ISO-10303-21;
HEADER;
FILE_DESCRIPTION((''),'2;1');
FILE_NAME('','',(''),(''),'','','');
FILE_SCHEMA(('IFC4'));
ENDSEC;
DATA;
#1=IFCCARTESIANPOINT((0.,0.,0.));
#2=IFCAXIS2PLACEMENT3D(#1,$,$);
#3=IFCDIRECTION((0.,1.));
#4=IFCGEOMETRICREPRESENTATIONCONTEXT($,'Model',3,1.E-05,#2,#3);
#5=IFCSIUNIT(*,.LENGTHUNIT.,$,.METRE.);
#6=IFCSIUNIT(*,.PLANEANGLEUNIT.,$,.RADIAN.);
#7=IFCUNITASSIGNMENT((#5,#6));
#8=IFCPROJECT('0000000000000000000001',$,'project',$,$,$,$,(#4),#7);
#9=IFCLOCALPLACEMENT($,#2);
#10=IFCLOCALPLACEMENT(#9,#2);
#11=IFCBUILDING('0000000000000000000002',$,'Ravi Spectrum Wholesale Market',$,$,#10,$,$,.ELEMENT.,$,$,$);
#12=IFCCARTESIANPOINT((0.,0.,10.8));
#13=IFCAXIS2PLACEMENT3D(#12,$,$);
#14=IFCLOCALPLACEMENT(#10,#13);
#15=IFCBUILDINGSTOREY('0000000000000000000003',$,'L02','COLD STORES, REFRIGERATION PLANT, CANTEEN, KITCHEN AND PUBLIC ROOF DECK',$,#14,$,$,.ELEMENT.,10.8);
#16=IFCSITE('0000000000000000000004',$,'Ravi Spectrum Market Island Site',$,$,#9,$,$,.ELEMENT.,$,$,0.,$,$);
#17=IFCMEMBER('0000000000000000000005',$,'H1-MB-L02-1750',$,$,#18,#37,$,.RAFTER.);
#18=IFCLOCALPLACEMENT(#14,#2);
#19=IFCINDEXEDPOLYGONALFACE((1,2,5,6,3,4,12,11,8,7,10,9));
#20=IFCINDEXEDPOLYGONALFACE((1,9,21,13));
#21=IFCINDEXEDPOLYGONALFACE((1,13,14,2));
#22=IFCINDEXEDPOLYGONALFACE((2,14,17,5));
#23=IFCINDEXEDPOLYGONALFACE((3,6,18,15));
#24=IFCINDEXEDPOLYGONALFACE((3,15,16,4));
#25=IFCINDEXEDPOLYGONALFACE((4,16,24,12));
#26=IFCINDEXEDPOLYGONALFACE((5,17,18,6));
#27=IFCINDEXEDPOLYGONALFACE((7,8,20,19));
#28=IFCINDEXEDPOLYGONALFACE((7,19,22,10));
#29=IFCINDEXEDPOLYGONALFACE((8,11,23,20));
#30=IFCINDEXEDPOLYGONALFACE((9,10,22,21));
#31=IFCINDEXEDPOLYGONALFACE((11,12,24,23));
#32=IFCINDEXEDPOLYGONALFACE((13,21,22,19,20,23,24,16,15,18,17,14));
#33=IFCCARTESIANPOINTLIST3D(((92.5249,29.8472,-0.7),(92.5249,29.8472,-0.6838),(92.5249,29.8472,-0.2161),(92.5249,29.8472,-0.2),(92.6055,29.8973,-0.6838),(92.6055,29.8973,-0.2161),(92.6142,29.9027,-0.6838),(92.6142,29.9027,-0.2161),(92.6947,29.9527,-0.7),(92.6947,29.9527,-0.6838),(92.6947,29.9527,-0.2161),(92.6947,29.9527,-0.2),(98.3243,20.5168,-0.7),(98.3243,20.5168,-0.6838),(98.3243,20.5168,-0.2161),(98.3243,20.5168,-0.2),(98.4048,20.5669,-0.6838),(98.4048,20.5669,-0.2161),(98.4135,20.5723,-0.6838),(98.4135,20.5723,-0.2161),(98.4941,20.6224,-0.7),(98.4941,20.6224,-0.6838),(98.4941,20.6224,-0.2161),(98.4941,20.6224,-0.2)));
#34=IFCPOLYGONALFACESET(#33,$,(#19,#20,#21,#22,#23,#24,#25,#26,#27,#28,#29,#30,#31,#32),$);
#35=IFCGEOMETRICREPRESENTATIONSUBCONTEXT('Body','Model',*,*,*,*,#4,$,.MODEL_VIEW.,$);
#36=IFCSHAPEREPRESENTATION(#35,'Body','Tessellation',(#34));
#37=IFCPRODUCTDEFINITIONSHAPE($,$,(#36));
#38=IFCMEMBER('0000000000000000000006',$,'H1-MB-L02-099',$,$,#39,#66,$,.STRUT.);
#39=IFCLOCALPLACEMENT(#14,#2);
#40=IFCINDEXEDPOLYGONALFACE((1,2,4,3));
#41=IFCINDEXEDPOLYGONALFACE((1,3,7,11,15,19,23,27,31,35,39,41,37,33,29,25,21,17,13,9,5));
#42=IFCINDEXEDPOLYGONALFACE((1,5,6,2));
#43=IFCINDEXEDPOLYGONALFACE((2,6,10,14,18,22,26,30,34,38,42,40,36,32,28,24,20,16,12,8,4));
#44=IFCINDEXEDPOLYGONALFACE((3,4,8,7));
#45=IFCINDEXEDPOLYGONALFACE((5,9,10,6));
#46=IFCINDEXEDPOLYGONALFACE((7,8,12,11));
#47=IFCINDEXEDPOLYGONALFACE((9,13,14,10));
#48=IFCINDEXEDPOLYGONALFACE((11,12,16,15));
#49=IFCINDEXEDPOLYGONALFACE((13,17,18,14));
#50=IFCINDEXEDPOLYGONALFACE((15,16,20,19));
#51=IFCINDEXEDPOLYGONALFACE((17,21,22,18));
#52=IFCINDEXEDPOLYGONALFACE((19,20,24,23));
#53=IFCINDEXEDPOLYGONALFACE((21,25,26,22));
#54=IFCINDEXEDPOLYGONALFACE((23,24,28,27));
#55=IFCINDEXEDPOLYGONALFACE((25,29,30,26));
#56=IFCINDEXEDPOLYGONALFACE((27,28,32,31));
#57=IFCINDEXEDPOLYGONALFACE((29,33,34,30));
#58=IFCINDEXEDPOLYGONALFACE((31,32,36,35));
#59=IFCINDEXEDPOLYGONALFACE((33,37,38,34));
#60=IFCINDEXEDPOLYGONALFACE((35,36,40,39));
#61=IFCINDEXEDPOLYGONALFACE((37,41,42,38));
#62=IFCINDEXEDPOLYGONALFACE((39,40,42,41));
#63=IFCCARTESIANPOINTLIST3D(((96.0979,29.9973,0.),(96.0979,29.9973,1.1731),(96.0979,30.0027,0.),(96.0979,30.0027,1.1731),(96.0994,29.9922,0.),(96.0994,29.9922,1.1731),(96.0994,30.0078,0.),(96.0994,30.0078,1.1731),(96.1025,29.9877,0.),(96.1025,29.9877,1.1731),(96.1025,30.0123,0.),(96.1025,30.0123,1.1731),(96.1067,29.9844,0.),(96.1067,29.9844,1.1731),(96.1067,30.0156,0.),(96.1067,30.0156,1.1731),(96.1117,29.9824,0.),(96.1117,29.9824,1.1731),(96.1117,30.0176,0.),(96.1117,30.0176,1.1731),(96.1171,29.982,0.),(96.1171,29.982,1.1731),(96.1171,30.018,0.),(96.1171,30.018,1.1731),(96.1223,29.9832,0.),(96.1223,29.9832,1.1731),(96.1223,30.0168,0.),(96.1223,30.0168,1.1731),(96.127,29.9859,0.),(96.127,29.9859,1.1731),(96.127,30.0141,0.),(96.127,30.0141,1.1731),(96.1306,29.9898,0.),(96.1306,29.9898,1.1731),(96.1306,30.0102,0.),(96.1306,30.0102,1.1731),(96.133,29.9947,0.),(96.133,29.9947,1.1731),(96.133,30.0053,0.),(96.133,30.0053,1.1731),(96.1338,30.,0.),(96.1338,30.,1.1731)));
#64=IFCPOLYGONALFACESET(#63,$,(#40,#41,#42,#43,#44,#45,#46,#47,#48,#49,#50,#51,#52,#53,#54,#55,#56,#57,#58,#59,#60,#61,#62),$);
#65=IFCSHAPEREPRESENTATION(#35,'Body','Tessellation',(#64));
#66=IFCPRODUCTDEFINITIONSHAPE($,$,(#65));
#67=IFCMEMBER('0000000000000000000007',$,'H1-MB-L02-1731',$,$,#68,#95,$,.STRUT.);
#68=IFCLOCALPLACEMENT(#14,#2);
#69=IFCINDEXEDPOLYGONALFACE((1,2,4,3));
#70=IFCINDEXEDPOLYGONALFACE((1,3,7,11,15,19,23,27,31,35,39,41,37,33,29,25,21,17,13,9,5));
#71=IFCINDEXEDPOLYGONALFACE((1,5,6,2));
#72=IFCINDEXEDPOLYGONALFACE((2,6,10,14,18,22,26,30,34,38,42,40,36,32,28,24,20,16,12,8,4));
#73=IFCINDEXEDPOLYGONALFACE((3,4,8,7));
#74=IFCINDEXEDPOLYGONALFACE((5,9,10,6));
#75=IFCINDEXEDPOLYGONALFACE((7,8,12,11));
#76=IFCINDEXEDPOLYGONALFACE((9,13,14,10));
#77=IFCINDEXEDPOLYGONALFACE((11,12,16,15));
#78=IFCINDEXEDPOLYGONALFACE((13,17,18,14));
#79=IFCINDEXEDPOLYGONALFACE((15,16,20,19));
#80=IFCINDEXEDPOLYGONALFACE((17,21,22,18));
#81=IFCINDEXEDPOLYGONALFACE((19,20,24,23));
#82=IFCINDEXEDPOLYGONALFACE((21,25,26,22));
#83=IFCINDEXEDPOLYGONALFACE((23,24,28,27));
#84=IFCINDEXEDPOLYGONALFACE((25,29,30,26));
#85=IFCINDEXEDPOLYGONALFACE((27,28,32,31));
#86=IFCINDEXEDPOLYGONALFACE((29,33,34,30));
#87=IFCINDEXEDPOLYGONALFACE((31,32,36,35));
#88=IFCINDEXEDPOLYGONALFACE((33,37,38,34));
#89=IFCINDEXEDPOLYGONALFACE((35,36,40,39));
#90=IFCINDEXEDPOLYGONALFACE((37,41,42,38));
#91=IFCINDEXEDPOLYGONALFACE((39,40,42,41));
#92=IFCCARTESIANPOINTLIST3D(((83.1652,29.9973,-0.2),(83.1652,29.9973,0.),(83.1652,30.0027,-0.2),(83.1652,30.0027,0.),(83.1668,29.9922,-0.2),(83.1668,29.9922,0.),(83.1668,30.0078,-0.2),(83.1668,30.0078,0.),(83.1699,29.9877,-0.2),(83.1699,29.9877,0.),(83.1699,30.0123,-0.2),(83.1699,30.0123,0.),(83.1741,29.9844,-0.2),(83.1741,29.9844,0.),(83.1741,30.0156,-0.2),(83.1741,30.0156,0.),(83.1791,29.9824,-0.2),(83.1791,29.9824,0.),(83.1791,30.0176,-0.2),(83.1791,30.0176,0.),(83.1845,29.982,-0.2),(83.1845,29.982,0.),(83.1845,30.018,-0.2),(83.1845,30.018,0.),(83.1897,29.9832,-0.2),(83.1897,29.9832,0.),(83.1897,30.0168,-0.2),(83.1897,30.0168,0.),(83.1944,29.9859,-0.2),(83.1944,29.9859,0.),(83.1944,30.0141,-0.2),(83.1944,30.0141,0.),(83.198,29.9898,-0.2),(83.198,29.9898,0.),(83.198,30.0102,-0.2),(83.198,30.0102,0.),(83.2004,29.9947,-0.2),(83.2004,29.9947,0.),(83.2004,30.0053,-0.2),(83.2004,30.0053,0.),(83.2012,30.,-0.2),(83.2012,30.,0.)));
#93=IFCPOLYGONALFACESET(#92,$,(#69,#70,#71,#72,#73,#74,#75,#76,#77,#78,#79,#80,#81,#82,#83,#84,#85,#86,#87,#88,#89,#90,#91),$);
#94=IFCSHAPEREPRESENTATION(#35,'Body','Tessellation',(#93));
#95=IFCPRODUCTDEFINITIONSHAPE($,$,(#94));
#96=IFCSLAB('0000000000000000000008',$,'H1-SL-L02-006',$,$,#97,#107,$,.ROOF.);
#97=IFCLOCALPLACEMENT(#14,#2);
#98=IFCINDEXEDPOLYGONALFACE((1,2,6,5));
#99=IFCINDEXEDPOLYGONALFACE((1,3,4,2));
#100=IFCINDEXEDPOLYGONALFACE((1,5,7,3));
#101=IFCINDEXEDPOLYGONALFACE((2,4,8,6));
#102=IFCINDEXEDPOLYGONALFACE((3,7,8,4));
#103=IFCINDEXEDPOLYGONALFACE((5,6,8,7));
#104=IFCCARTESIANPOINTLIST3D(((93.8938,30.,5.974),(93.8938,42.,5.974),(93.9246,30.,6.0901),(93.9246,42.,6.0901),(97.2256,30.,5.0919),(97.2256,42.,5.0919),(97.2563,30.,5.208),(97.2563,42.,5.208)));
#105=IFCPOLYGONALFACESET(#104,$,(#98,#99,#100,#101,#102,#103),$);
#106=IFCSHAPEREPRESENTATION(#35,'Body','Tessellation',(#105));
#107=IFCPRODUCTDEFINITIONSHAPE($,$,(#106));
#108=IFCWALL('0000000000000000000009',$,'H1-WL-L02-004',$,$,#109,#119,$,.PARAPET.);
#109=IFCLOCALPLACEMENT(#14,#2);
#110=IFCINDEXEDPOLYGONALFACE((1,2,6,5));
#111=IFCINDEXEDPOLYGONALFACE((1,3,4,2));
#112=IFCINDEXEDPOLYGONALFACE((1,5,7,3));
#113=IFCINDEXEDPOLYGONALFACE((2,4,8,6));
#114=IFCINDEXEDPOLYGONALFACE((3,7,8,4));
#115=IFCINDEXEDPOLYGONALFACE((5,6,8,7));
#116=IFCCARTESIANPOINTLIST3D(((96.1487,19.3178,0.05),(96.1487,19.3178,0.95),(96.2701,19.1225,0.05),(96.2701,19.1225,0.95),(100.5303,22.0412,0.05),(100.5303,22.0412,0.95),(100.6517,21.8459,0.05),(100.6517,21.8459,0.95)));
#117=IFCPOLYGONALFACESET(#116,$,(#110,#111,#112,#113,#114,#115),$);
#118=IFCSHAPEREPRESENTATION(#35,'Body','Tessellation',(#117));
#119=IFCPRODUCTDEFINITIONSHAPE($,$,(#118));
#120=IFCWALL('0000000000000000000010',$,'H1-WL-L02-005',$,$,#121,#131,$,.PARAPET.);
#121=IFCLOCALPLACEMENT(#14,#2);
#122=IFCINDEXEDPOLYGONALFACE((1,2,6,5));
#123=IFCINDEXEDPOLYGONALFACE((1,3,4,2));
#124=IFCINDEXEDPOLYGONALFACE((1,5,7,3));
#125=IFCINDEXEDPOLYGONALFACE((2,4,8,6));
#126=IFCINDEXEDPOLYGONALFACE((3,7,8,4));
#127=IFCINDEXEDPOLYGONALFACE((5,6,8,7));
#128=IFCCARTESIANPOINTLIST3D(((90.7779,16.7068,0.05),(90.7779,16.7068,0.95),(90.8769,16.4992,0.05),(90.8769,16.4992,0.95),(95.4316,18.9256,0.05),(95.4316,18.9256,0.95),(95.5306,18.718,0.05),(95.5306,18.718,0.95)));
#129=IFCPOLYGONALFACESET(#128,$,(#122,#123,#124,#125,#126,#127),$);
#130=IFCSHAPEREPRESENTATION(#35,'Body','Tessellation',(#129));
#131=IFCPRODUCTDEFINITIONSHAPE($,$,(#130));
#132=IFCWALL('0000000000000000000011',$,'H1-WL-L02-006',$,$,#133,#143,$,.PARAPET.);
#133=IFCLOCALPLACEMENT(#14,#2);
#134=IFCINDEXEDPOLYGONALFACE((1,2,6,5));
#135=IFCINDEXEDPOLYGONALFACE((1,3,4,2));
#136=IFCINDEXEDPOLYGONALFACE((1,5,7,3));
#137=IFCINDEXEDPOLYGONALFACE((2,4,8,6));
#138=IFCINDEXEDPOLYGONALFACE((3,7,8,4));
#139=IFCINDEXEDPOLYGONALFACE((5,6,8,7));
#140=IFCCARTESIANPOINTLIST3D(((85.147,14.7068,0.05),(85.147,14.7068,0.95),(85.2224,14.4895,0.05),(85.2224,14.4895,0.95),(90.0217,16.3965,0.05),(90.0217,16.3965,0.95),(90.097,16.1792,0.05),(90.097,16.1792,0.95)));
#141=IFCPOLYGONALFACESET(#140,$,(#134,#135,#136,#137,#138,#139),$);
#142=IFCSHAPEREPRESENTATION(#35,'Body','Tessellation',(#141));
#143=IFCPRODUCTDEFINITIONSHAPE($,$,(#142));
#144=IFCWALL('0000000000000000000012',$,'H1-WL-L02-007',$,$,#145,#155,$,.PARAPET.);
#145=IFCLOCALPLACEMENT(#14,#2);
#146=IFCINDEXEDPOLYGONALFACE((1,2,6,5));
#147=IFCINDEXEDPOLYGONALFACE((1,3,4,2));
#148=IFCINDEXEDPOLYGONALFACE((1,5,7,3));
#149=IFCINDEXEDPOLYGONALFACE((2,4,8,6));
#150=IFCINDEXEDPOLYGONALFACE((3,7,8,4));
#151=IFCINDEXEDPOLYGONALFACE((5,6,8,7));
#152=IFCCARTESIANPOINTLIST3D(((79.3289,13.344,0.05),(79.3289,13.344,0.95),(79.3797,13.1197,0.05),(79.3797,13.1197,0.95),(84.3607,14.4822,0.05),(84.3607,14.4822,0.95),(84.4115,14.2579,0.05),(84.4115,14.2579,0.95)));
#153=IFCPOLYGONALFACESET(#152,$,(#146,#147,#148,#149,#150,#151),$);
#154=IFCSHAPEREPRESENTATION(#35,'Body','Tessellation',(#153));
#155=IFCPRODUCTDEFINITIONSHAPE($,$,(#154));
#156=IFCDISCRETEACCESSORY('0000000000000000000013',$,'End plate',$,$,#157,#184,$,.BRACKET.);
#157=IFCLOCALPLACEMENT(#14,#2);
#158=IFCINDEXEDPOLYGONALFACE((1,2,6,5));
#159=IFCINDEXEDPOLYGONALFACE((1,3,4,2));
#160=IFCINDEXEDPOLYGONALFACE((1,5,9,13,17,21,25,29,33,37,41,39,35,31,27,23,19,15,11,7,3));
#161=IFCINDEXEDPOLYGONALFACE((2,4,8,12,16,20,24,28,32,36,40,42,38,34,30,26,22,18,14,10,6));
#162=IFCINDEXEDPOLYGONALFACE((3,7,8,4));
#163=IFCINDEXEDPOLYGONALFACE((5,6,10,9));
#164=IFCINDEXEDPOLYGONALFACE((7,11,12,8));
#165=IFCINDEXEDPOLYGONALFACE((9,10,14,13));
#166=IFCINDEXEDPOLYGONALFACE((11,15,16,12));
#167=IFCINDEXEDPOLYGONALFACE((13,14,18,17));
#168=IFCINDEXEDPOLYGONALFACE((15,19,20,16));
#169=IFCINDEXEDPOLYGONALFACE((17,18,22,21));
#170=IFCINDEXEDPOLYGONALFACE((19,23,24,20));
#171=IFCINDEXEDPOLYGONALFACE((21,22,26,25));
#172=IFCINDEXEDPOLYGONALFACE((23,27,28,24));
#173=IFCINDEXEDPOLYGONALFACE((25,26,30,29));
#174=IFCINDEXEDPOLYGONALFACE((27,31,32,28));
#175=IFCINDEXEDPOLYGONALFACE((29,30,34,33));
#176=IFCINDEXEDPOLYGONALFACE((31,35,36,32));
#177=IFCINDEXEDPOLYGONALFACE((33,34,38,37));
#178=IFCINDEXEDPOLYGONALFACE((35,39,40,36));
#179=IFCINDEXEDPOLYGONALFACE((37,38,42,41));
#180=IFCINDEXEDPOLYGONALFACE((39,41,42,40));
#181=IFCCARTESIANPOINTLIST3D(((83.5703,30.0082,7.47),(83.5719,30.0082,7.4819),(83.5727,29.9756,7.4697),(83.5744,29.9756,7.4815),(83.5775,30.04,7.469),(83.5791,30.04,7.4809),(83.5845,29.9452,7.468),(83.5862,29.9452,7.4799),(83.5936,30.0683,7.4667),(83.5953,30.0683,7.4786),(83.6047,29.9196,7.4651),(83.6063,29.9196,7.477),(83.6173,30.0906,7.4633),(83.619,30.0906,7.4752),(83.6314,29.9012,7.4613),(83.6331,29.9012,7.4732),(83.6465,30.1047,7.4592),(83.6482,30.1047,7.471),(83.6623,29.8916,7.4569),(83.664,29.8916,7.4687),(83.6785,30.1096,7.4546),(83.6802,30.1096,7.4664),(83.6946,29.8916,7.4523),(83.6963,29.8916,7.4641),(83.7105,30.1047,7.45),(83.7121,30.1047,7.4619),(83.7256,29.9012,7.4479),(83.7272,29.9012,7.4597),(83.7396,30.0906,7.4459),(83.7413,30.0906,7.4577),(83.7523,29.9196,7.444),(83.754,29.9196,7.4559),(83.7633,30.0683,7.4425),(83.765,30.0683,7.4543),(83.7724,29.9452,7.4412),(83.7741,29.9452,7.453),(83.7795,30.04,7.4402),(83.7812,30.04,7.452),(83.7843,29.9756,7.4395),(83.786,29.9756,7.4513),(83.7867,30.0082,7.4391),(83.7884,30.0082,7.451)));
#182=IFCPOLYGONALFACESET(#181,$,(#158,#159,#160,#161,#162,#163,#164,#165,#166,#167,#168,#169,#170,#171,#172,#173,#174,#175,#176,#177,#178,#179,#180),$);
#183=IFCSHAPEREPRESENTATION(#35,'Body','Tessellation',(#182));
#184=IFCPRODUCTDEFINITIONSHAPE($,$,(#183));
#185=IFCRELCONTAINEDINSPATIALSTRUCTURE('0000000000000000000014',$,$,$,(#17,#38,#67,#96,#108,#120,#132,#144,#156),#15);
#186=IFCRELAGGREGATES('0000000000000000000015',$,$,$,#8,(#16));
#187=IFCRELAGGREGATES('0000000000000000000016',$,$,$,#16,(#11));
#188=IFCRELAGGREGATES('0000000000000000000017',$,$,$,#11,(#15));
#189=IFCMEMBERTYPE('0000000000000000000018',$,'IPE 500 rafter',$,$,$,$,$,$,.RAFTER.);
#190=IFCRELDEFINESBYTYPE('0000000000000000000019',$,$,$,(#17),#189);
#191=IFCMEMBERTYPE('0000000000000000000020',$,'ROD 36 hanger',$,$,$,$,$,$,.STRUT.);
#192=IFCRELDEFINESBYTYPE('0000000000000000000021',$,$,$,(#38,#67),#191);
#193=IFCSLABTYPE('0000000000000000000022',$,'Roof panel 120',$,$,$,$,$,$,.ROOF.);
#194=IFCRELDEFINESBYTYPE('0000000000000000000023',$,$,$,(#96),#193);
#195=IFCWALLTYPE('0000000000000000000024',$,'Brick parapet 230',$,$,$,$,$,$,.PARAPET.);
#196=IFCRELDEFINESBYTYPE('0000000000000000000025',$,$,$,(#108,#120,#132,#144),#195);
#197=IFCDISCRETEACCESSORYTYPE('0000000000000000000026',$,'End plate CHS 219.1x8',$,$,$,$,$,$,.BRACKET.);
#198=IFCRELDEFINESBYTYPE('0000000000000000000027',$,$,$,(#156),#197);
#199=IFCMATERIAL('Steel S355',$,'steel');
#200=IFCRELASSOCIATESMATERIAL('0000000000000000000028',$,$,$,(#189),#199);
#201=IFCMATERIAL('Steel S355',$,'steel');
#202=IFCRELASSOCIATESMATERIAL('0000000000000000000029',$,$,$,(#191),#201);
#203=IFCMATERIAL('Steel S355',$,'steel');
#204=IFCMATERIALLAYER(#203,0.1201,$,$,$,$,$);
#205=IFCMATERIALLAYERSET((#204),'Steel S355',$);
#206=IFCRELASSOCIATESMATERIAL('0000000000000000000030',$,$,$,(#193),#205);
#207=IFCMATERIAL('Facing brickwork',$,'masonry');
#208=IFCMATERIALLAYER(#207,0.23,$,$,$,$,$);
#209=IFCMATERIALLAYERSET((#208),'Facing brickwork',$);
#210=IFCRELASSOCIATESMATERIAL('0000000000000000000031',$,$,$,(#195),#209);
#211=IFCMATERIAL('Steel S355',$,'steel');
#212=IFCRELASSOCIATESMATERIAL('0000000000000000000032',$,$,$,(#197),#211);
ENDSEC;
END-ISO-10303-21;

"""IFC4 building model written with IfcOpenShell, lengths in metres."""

from ifc_helpers import new_model, si_unit, direction, frame, frame_2d, origin, origin_2d, place, context, subcontext, project, spatial, polyline, rectangle, circle, i_section, outline, extrude, material, layer, layer_set, material_profile, profile_set, type_object, element, save


model = new_model("IFC4")

# Units and contexts
model_context = context("Model", 3, precision=1e-05, world=origin(), true_north=direction((0.0, 1.0)))
body_context = subcontext(model_context, "Body", "Model", "MODEL_VIEW")
ifc_project = project(units=[si_unit("LENGTHUNIT", "METRE"), si_unit("PLANEANGLEUNIT", "RADIAN")], contexts=[model_context])

# Site, building, storey
site_placement = place(None, origin())
site = spatial("IfcSite", under=ifc_project, at=site_placement, Name="Ravi Spectrum Market Island Site", CompositionType="ELEMENT", RefElevation=0.0)
building_placement = place(site_placement, origin())
building = spatial("IfcBuilding", under=site, at=building_placement, Name="Ravi Spectrum Wholesale Market", CompositionType="ELEMENT")
storey_placement = place(building_placement, frame((0.0, 0.0, 10.8)))
storey = spatial("IfcBuildingStorey", under=building, at=storey_placement, Name="L02", Description="COLD STORES, REFRIGERATION PLANT, CANTEEN, KITCHEN AND PUBLIC ROOF DECK", CompositionType="ELEMENT", Elevation=10.8)

# Members
ifc_material_1 = material(Name="Steel S355", Category="steel")
ifc_material_profile_1 = material_profile(ifc_material_1, i_section(OverallWidth=0.2, OverallDepth=0.5, WebThickness=0.0103, FlangeThickness=0.0161, at=origin_2d()))
ifc_profile_set_1 = profile_set([ifc_material_profile_1], Name="Steel S355")
member_type_1 = type_object("IfcMemberType", Name="IPE 500 rafter", PredefinedType="RAFTER", material=ifc_profile_set_1)
member_1_placement = place(storey_placement, frame((98.4092, 20.5696, -0.45), z_axis=(-0.527894, 0.84931, 0.0), x_axis=(-0.84931, -0.527894, 0.0)))
element("IfcMember", 1, at=member_1_placement, inside=storey, type_object=member_type_1, Name="H1-MB-L02-1750", PredefinedType="RAFTER", context=body_context, shape_type="SweptSolid", body=[
    extrude(i_section(OverallWidth=0.2, OverallDepth=0.5, WebThickness=0.0103, FlangeThickness=0.0161, at=origin_2d()), origin(), (0.0, 0.0, 1.0), 10.9858),
])
ifc_material_2 = material(Name="Steel S355", Category="steel")
ifc_material_profile_2 = material_profile(ifc_material_2, circle(Radius=0.0181, at=origin_2d()))
ifc_profile_set_2 = profile_set([ifc_material_profile_2], Name="Steel S355")
member_type_2 = type_object("IfcMemberType", Name="ROD 36 hanger", PredefinedType="STRUT", material=ifc_profile_set_2)
member_2_placement = place(storey_placement, frame((96.1157, 30.0, 0.0), z_axis=(0.0, 0.0, 1.0), x_axis=(1.0, 0.0, 0.0)))
element("IfcMember", 2, at=member_2_placement, inside=storey, type_object=member_type_2, Name="H1-MB-L02-099", PredefinedType="STRUT", context=body_context, shape_type="SweptSolid", body=[
    extrude(circle(Radius=0.0181, at=origin_2d()), origin(), (0.0, 0.0, 1.0), 1.1731),
])
member_3_placement = place(storey_placement, frame((83.1831, 30.0, 0.0), z_axis=(0.0, 0.0, -1.0), x_axis=(1.0, 0.0, 0.0)))
element("IfcMember", 3, at=member_3_placement, inside=storey, type_object=member_type_2, Name="H1-MB-L02-1731", PredefinedType="STRUT", context=body_context, shape_type="SweptSolid", body=[
    extrude(circle(Radius=0.0181, at=origin_2d()), origin(), (0.0, 0.0, 1.0), 0.2),
])

# Slab
ifc_material_3 = material(Name="Steel S355", Category="steel")
ifc_layer_1 = layer(ifc_material_3, 0.1201)
ifc_layer_set_1 = layer_set([ifc_layer_1], Name="Steel S355")
slab_type = type_object("IfcSlabType", Name="Roof panel 120", PredefinedType="ROOF", material=ifc_layer_set_1)
slab_placement = place(storey_placement, frame((93.9246, 30.0, 6.0901), z_axis=(0.25593, 0.0, 0.966695), x_axis=(0.966695, 0.0, -0.25593)))
element("IfcSlab", 4, at=slab_placement, inside=storey, type_object=slab_type, Name="H1-SL-L02-006", PredefinedType="ROOF", context=body_context, shape_type="SweptSolid", body=[
    extrude(outline(polyline([(0.0, 0.0), (3.4466, 0.0), (3.4466, 12.0), (0.0, 12.0), (0.0, 0.0)])), origin(), (0.0, 0.0, -1.0), 0.1201),
])

# Walls
ifc_material_4 = material(Name="Facing brickwork", Category="masonry")
ifc_layer_2 = layer(ifc_material_4, 0.23)
ifc_layer_set_2 = layer_set([ifc_layer_2], Name="Facing brickwork")
wall_type = type_object("IfcWallType", Name="Brick parapet 230", PredefinedType="PARAPET", material=ifc_layer_set_2)
wall_1_placement = place(storey_placement, frame((100.5911, 21.9436, 0.05), z_axis=(0.0, 0.0, 1.0), x_axis=(-0.849312, -0.527892, 0.0)))
element("IfcWall", 5, at=wall_1_placement, inside=storey, type_object=wall_type, Name="H1-WL-L02-004", PredefinedType="PARAPET", context=body_context, shape_type="SweptSolid", body=[
    extrude(rectangle(XDim=5.1589, YDim=0.23, at=frame_2d((2.5796, 0.0))), origin(), (0.0, 0.0, 1.0), 0.8999),
])
wall_2_placement = place(storey_placement, frame((95.481, 18.8218, 0.05), z_axis=(0.0, 0.0, 1.0), x_axis=(-0.902652, -0.430371, 0.0)))
element("IfcWall", 6, at=wall_2_placement, inside=storey, type_object=wall_type, Name="H1-WL-L02-005", PredefinedType="PARAPET", context=body_context, shape_type="SweptSolid", body=[
    extrude(rectangle(XDim=5.1555, YDim=0.23, at=frame_2d((2.5776, 0.0))), origin(), (0.0, 0.0, 1.0), 0.8999),
])
wall_3_placement = place(storey_placement, frame((90.0593, 16.2878, 0.05), z_axis=(0.0, 0.0, 1.0), x_axis=(-0.944844, -0.32752, 0.0)))
element("IfcWall", 7, at=wall_3_placement, inside=storey, type_object=wall_type, Name="H1-WL-L02-006", PredefinedType="PARAPET", context=body_context, shape_type="SweptSolid", body=[
    extrude(rectangle(XDim=5.1592, YDim=0.23, at=frame_2d((2.5796, 0.0))), origin(), (0.0, 0.0, 1.0), 0.8999),
])
wall_4_placement = place(storey_placement, frame((84.3862, 14.3701, 0.05), z_axis=(0.0, 0.0, 1.0), x_axis=(-0.975358, -0.220627, 0.0)))
element("IfcWall", 8, at=wall_4_placement, inside=storey, type_object=wall_type, Name="H1-WL-L02-007", PredefinedType="PARAPET", context=body_context, shape_type="SweptSolid", body=[
    extrude(rectangle(XDim=5.1589, YDim=0.23, at=frame_2d((2.5796, 0.0))), origin(), (0.0, 0.0, 1.0), 0.8999),
])

# Discrete accessory
ifc_material_5 = material(Name="Steel S355", Category="steel")
ifc_material_profile_3 = material_profile(ifc_material_5, circle(Radius=0.1096, at=origin_2d()))
ifc_profile_set_3 = profile_set([ifc_material_profile_3], Name="Steel S355")
discrete_accessory_type_1 = type_object("IfcDiscreteAccessoryType", Name="End plate CHS 219.1x8", PredefinedType="BRACKET", material=ifc_profile_set_3)
for number, where, z_axis, x_axis, name in (
    (9, (83.6785, 30.0, 7.4546), (0.141421, 0.0, 0.989949), (0.0, 1.0, 0.0), "End plate"),
):
    element("IfcDiscreteAccessory", number, at=place(storey_placement, frame(where, z_axis=z_axis, x_axis=x_axis)), inside=storey, type_object=discrete_accessory_type_1, Name=name, PredefinedType="BRACKET", context=body_context, shape_type="SweptSolid", body=[
        extrude(circle(Radius=0.1096, at=origin_2d()), origin(), (0.0, 0.0, 1.0), 0.012),
    ])

save(model, "model.ifc")
